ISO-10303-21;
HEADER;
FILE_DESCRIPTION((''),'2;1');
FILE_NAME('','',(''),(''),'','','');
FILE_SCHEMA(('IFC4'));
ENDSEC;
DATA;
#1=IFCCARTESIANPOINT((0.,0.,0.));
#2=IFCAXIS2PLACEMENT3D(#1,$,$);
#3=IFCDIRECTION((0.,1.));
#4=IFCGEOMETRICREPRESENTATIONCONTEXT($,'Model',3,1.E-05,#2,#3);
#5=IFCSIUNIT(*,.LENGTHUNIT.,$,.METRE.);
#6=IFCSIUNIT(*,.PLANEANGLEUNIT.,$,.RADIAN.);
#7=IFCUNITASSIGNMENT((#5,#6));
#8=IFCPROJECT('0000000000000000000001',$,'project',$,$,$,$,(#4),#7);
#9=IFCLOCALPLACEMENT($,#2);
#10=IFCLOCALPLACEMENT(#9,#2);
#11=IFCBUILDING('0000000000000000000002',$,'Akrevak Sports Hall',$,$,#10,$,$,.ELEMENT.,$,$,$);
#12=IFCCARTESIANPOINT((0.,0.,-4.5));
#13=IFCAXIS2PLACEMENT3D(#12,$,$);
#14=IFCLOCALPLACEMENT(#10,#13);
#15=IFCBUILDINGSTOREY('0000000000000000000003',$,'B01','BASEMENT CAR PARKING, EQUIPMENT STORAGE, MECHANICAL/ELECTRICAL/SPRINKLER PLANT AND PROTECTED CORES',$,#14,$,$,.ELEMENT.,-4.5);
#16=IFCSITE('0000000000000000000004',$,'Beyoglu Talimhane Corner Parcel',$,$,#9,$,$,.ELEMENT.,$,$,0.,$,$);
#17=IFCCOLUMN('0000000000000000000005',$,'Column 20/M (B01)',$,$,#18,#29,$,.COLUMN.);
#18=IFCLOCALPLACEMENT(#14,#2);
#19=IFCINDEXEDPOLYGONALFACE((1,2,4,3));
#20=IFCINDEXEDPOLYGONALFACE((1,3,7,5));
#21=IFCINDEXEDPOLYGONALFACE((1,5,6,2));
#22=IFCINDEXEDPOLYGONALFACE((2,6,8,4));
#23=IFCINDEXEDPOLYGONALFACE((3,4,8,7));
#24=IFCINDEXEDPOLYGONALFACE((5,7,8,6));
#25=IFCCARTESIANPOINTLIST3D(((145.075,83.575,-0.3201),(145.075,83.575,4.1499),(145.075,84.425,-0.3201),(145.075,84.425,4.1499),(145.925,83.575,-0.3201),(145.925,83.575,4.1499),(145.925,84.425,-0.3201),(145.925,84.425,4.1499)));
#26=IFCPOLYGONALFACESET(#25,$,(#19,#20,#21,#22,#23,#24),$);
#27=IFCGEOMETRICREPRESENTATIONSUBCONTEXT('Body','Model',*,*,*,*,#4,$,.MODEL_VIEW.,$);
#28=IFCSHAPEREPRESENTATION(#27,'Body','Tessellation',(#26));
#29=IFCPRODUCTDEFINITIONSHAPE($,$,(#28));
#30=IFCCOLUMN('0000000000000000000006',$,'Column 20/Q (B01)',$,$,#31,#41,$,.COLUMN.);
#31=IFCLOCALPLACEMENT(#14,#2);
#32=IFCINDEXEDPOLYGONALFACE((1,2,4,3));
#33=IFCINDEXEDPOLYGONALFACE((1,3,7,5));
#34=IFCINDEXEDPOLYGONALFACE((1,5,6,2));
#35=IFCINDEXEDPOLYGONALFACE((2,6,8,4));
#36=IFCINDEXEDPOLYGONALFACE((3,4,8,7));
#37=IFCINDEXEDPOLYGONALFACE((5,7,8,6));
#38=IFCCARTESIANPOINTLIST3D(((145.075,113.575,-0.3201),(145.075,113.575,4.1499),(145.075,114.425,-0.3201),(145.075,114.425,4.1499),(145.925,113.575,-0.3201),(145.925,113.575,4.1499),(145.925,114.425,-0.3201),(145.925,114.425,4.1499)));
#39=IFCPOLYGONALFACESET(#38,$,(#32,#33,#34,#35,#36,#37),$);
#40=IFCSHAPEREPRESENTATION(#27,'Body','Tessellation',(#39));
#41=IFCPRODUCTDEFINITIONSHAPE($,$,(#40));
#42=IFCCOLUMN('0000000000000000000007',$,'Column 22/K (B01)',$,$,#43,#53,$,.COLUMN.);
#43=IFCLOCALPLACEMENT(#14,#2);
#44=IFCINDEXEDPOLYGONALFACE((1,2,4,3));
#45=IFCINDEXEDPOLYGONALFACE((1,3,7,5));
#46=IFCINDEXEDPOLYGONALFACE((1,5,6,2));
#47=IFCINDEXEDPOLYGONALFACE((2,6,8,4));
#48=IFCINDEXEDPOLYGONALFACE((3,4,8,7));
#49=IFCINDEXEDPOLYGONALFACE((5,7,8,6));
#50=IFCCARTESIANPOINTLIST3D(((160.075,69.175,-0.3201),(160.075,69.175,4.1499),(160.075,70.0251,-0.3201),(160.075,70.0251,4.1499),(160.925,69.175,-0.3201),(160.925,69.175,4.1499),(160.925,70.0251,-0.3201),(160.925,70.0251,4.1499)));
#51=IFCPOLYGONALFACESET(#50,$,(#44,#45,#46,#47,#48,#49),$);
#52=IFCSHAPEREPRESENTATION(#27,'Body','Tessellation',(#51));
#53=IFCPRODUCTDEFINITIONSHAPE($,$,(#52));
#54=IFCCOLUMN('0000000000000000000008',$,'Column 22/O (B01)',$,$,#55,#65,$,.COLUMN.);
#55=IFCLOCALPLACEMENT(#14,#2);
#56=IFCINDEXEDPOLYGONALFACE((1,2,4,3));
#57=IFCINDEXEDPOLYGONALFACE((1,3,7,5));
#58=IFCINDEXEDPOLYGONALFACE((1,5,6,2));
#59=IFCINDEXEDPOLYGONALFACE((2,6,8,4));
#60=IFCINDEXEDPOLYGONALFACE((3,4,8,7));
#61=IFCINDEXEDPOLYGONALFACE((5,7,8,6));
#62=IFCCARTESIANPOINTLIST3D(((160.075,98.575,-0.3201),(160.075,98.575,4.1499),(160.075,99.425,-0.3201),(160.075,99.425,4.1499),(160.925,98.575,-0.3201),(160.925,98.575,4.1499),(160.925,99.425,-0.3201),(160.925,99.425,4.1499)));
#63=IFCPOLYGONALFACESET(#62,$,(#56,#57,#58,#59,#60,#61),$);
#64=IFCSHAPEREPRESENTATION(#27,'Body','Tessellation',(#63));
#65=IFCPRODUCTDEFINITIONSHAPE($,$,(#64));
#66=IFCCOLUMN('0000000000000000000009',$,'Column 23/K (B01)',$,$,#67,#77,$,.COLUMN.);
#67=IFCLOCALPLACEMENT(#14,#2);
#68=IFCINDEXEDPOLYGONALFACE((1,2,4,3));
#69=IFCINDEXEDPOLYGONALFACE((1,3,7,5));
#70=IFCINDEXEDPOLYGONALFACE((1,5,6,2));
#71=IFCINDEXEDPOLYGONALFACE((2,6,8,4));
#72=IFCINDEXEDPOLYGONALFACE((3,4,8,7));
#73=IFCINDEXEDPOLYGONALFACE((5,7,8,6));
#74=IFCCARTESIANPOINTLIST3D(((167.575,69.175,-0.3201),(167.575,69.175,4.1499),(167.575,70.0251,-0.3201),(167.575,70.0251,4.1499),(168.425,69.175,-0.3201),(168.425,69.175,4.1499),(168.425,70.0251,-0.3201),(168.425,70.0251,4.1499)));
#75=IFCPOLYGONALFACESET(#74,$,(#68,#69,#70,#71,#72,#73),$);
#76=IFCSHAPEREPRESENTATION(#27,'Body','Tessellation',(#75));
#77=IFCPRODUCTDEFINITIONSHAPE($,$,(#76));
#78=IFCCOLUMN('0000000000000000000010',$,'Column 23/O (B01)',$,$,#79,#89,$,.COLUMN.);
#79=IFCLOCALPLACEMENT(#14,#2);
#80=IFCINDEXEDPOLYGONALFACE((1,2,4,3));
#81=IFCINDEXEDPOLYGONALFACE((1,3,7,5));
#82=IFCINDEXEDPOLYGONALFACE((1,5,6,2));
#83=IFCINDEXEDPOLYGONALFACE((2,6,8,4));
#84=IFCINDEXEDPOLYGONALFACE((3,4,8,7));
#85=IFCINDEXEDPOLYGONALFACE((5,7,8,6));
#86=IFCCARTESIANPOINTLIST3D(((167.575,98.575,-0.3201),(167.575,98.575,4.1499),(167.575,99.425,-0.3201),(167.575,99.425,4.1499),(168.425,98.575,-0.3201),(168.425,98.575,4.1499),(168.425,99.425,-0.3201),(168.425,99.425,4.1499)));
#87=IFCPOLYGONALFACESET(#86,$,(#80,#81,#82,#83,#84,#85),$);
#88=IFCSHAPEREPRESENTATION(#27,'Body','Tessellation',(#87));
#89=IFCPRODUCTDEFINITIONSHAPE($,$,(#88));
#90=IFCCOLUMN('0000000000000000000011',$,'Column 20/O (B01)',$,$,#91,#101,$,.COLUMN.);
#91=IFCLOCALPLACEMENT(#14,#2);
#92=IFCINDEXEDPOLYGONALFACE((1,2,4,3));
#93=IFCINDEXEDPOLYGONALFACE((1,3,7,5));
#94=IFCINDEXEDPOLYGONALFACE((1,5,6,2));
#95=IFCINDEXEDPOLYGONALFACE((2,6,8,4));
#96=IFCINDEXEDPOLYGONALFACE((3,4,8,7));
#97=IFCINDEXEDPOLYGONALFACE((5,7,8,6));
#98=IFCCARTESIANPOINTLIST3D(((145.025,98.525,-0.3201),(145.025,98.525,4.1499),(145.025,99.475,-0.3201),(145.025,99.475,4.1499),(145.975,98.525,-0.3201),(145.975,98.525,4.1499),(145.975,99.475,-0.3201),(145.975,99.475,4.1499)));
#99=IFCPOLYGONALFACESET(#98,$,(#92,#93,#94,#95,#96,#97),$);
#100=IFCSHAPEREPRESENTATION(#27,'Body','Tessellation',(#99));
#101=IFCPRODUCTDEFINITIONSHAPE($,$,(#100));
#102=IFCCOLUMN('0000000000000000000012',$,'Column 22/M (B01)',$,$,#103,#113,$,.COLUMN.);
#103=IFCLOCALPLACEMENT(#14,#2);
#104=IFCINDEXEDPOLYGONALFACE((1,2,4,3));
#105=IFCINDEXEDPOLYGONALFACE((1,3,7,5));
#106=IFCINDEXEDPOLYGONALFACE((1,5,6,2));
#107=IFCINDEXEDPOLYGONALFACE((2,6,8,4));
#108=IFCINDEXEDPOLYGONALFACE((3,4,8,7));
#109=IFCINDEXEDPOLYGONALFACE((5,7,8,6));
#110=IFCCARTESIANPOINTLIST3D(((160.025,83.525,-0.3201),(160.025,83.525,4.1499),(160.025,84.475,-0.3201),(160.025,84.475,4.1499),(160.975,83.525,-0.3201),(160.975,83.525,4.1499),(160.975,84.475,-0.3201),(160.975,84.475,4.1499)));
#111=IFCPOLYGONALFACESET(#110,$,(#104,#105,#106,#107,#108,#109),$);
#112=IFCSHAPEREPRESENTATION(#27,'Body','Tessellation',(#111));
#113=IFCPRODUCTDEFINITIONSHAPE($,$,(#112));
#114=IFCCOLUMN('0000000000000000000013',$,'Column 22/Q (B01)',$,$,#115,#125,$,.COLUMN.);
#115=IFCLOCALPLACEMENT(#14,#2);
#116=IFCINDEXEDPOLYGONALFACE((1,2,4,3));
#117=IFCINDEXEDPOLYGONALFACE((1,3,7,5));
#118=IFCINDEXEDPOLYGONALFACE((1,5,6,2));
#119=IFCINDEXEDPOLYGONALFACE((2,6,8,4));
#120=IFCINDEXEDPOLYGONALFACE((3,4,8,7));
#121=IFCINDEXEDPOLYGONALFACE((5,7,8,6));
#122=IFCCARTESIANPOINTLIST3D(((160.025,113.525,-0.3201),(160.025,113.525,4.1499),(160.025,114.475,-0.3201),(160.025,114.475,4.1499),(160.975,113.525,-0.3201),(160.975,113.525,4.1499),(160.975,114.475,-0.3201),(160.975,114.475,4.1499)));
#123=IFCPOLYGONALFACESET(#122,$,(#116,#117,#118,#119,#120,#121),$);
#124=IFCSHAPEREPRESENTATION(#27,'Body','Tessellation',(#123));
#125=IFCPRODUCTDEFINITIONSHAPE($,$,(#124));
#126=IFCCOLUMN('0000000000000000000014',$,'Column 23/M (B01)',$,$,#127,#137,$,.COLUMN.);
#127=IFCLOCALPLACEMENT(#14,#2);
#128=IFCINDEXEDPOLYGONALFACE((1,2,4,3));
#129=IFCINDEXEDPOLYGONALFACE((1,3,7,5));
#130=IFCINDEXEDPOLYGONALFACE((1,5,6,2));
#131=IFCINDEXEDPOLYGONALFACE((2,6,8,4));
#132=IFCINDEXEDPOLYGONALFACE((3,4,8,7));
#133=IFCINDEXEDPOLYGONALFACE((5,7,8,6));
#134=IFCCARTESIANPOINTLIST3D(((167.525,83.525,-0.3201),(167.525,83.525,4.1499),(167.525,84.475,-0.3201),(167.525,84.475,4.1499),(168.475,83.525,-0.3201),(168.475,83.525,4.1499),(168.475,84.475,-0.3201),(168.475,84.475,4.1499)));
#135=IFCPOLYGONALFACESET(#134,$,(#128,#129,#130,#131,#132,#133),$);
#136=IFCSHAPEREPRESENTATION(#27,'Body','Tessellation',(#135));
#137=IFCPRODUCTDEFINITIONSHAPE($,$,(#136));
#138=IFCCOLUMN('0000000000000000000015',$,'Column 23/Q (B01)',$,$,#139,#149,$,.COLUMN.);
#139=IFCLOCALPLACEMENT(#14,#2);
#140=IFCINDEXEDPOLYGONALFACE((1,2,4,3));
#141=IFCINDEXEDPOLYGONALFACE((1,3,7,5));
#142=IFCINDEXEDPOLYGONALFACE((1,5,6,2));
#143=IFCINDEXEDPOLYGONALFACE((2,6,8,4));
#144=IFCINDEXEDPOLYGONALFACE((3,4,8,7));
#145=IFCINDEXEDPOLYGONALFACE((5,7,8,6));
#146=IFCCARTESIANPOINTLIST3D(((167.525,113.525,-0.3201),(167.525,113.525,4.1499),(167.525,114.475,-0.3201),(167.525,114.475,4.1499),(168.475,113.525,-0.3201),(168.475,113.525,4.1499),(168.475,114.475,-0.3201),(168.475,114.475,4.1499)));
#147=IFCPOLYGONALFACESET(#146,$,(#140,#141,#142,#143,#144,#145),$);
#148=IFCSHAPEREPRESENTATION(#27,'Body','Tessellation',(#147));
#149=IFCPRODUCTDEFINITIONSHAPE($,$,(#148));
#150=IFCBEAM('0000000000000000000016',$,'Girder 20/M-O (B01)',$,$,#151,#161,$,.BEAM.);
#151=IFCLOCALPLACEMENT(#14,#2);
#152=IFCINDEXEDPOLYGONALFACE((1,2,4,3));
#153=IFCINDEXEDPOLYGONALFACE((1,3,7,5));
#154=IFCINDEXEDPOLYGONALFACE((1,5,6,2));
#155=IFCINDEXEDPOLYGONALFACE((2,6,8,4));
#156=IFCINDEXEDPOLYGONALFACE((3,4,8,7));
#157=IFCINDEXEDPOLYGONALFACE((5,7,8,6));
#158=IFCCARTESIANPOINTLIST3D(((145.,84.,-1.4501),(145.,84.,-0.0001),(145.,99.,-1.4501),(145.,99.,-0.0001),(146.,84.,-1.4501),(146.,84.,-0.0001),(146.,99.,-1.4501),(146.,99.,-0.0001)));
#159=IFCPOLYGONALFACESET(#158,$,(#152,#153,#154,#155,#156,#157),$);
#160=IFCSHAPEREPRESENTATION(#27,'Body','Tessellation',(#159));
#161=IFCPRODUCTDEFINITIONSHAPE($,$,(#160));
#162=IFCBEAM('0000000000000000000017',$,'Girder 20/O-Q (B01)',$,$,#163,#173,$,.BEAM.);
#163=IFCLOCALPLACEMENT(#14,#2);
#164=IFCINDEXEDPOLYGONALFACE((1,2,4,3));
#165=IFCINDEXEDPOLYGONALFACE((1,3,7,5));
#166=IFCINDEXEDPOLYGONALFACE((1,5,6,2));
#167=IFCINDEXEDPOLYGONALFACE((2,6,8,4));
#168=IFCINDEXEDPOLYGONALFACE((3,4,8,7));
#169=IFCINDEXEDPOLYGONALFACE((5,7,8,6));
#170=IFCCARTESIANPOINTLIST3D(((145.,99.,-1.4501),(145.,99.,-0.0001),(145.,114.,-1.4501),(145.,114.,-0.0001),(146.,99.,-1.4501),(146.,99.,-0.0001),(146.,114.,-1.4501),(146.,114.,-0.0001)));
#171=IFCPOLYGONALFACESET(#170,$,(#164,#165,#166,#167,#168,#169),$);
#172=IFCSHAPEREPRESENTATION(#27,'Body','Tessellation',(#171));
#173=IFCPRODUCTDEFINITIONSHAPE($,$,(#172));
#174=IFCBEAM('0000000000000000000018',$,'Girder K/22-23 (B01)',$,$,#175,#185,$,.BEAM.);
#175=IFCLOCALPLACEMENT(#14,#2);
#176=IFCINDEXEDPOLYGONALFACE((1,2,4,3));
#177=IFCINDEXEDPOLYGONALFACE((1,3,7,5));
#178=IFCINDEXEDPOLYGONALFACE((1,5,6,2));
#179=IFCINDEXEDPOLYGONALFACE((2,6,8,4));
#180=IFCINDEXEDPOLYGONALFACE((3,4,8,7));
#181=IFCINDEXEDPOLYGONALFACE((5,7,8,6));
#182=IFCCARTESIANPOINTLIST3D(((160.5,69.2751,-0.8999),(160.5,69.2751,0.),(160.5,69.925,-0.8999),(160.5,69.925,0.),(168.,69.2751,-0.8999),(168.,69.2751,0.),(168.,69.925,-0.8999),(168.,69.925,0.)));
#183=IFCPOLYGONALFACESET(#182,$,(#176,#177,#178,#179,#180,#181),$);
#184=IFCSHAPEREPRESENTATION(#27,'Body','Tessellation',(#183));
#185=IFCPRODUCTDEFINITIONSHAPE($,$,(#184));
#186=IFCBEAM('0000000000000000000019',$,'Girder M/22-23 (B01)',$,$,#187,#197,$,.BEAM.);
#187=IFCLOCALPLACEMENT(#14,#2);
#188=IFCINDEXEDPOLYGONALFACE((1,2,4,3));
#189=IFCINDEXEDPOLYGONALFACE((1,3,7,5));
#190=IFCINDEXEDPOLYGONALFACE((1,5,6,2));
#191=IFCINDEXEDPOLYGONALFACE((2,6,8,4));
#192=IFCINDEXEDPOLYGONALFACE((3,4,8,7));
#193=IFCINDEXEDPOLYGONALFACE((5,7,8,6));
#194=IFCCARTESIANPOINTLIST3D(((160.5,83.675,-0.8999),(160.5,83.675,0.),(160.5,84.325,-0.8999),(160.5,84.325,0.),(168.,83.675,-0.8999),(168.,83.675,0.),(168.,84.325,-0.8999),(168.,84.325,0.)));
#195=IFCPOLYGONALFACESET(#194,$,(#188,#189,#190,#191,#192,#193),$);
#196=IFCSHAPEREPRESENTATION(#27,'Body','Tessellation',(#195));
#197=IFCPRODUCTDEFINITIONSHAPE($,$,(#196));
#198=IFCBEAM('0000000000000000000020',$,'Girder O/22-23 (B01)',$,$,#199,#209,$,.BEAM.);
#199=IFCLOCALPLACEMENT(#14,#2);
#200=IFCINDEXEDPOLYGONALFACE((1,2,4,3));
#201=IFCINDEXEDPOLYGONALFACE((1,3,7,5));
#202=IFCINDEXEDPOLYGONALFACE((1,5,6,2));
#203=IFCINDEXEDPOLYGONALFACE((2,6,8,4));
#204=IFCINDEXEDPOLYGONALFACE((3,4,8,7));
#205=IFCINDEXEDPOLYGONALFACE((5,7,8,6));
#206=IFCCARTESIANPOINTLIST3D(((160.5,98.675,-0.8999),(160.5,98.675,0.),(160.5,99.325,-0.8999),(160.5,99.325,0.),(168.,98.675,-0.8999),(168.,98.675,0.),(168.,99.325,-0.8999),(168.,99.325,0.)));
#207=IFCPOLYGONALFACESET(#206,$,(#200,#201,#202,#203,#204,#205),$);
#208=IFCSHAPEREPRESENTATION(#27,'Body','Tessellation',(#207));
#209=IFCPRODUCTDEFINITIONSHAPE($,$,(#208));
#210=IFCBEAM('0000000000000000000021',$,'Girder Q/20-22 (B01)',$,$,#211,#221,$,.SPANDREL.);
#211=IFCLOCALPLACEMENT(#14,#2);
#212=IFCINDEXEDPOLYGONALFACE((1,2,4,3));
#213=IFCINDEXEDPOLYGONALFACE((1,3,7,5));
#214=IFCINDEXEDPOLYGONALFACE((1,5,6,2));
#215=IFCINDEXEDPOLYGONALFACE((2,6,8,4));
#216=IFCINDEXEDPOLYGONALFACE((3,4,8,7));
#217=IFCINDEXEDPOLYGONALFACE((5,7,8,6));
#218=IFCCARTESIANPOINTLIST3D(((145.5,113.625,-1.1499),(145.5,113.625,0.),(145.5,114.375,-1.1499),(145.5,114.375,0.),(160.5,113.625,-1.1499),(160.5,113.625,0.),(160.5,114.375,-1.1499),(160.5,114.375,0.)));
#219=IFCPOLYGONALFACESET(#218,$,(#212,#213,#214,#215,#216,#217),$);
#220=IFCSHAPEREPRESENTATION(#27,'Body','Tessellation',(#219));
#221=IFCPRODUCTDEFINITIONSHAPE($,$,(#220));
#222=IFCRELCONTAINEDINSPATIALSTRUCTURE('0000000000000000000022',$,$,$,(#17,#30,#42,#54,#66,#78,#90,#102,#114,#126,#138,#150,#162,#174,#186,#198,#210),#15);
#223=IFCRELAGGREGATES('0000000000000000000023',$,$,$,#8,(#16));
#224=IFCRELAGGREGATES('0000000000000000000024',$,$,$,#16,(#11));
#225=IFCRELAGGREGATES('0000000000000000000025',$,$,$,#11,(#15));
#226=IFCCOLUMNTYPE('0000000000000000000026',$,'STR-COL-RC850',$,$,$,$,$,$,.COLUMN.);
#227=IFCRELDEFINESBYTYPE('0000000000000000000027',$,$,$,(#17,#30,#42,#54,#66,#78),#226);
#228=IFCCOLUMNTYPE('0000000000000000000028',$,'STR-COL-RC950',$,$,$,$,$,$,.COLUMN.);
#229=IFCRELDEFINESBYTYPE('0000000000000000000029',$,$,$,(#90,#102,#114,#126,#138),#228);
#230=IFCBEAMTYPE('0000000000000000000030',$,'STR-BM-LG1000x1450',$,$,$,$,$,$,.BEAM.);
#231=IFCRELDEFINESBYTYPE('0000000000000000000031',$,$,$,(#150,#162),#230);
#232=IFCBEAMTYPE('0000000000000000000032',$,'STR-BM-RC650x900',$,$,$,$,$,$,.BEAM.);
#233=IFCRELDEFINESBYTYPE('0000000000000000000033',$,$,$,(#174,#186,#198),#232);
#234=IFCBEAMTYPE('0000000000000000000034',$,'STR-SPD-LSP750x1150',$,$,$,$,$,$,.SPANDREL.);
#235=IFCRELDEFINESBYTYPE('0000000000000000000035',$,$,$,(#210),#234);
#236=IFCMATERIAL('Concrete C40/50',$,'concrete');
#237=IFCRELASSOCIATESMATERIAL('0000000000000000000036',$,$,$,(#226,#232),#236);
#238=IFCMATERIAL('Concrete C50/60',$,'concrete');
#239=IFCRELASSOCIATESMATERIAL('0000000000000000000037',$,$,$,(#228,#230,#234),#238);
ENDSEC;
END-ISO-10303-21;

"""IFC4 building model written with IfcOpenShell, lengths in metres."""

from ifc_helpers import new_model, si_unit, direction, frame, origin, origin_2d, place, context, subcontext, project, spatial, rectangle, extrude, material, material_profile, profile_set, type_object, element, save


model = new_model("IFC4")

# Units and contexts
model_context = context("Model", 3, precision=1e-05, world=origin(), true_north=direction((0.0, 1.0)))
body_context = subcontext(model_context, "Body", "Model", "MODEL_VIEW")
ifc_project = project(units=[si_unit("LENGTHUNIT", "METRE"), si_unit("PLANEANGLEUNIT", "RADIAN")], contexts=[model_context])

# Site, building, storey
site_placement = place(None, origin())
site = spatial("IfcSite", under=ifc_project, at=site_placement, Name="Beyoglu Talimhane Corner Parcel", CompositionType="ELEMENT", RefElevation=0.0)
building_placement = place(site_placement, origin())
building = spatial("IfcBuilding", under=site, at=building_placement, Name="Akrevak Sports Hall", CompositionType="ELEMENT")
storey_placement = place(building_placement, frame((0.0, 0.0, -4.5)))
storey = spatial("IfcBuildingStorey", under=building, at=storey_placement, Name="B01", Description="BASEMENT CAR PARKING, EQUIPMENT STORAGE, MECHANICAL/ELECTRICAL/SPRINKLER PLANT AND PROTECTED CORES", CompositionType="ELEMENT", Elevation=-4.5)

# Columns
ifc_material_1 = material(Name="Concrete C40/50", Category="concrete")
ifc_material_profile_1 = material_profile(ifc_material_1, rectangle(XDim=0.8501, YDim=0.8501, at=origin_2d()), Name="RC 850x850", Category="concrete")
ifc_profile_set_1 = profile_set([ifc_material_profile_1], Name="Concrete C40/50")
column_type_1 = type_object("IfcColumnType", Name="STR-COL-RC850", PredefinedType="COLUMN", material=ifc_profile_set_1)
for number, where, z_axis, x_axis, name in (
    (1, (145.5, 84.0, -0.3201), (0.0, 0.0, 1.0), (1.0, 0.0, 0.0), "Column 20/M (B01)"),
    (2, (145.5, 114.0, -0.3201), (0.0, 0.0, 1.0), (1.0, 0.0, 0.0), "Column 20/Q (B01)"),
    (3, (160.5, 69.6001, -0.3201), (0.0, 0.0, 1.0), (1.0, 0.0, 0.0), "Column 22/K (B01)"),
    (4, (160.5, 99.0, -0.3201), (0.0, 0.0, 1.0), (1.0, 0.0, 0.0), "Column 22/O (B01)"),
    (5, (168.0, 69.6001, -0.3201), (0.0, 0.0, 1.0), (1.0, 0.0, 0.0), "Column 23/K (B01)"),
    (6, (168.0, 99.0, -0.3201), (0.0, 0.0, 1.0), (1.0, 0.0, 0.0), "Column 23/O (B01)"),
):
    element("IfcColumn", number, at=place(storey_placement, frame(where, z_axis=z_axis, x_axis=x_axis)), inside=storey, type_object=column_type_1, Name=name, PredefinedType="COLUMN", context=body_context, shape_type="SweptSolid", body=[
        extrude(rectangle(XDim=0.8501, YDim=0.8501, at=origin_2d()), origin(), (0.0, 0.0, 1.0), 4.47),
    ])
ifc_material_2 = material(Name="Concrete C50/60", Category="concrete")
ifc_material_profile_2 = material_profile(ifc_material_2, rectangle(XDim=0.95, YDim=0.95, at=origin_2d()), Name="RC 950x950", Category="concrete")
ifc_profile_set_2 = profile_set([ifc_material_profile_2], Name="Concrete C50/60")
column_type_2 = type_object("IfcColumnType", Name="STR-COL-RC950", PredefinedType="COLUMN", material=ifc_profile_set_2)
for number, where, z_axis, x_axis, name in (
    (7, (145.5, 99.0, -0.3201), (0.0, 0.0, 1.0), (1.0, 0.0, 0.0), "Column 20/O (B01)"),
    (8, (160.5, 84.0, -0.3201), (0.0, 0.0, 1.0), (1.0, 0.0, 0.0), "Column 22/M (B01)"),
    (9, (160.5, 114.0, -0.3201), (0.0, 0.0, 1.0), (1.0, 0.0, 0.0), "Column 22/Q (B01)"),
    (10, (168.0, 84.0, -0.3201), (0.0, 0.0, 1.0), (1.0, 0.0, 0.0), "Column 23/M (B01)"),
    (11, (168.0, 114.0, -0.3201), (0.0, 0.0, 1.0), (1.0, 0.0, 0.0), "Column 23/Q (B01)"),
):
    element("IfcColumn", number, at=place(storey_placement, frame(where, z_axis=z_axis, x_axis=x_axis)), inside=storey, type_object=column_type_2, Name=name, PredefinedType="COLUMN", context=body_context, shape_type="SweptSolid", body=[
        extrude(rectangle(XDim=0.95, YDim=0.95, at=origin_2d()), origin(), (0.0, 0.0, 1.0), 4.47),
    ])

# Beams
ifc_material_profile_3 = material_profile(ifc_material_2, rectangle(XDim=1.0, YDim=1.45, at=origin_2d()), Name="BM 1000x1450", Category="concrete")
ifc_profile_set_3 = profile_set([ifc_material_profile_3], Name="Concrete C50/60")
beam_type_1 = type_object("IfcBeamType", Name="STR-BM-LG1000x1450", PredefinedType="BEAM", material=ifc_profile_set_3)
for number, where, z_axis, x_axis, name in (
    (12, (145.5, 84.0, -0.7251), (0.0, 1.0, 0.0), (-1.0, 0.0, 0.0), "Girder 20/M-O (B01)"),
    (13, (145.5, 99.0, -0.7251), (0.0, 1.0, 0.0), (-1.0, 0.0, 0.0), "Girder 20/O-Q (B01)"),
):
    element("IfcBeam", number, at=place(storey_placement, frame(where, z_axis=z_axis, x_axis=x_axis)), inside=storey, type_object=beam_type_1, Name=name, PredefinedType="BEAM", context=body_context, shape_type="SweptSolid", body=[
        extrude(rectangle(XDim=1.0, YDim=1.45, at=origin_2d()), origin(), (0.0, 0.0, 1.0), 15.0),
    ])
ifc_material_profile_4 = material_profile(ifc_material_1, rectangle(XDim=0.6499, YDim=0.8999, at=origin_2d()), Name="BM 650x900", Category="concrete")
ifc_profile_set_4 = profile_set([ifc_material_profile_4], Name="Concrete C40/50")
beam_type_2 = type_object("IfcBeamType", Name="STR-BM-RC650x900", PredefinedType="BEAM", material=ifc_profile_set_4)
for number, where, z_axis, x_axis, name in (
    (14, (160.5, 69.6001, -0.45), (1.0, 0.0, 0.0), (0.0, 1.0, 0.0), "Girder K/22-23 (B01)"),
    (15, (160.5, 84.0, -0.45), (1.0, 0.0, 0.0), (0.0, 1.0, 0.0), "Girder M/22-23 (B01)"),
    (16, (160.5, 99.0, -0.45), (1.0, 0.0, 0.0), (0.0, 1.0, 0.0), "Girder O/22-23 (B01)"),
):
    element("IfcBeam", number, at=place(storey_placement, frame(where, z_axis=z_axis, x_axis=x_axis)), inside=storey, type_object=beam_type_2, Name=name, PredefinedType="BEAM", context=body_context, shape_type="SweptSolid", body=[
        extrude(rectangle(XDim=0.6499, YDim=0.8999, at=origin_2d()), origin(), (0.0, 0.0, 1.0), 7.5),
    ])
ifc_material_profile_5 = material_profile(ifc_material_2, rectangle(XDim=0.75, YDim=1.1499, at=origin_2d()), Name="SPD 750x1150", Category="concrete")
ifc_profile_set_5 = profile_set([ifc_material_profile_5], Name="Concrete C50/60")
beam_type_3 = type_object("IfcBeamType", Name="STR-SPD-LSP750x1150", PredefinedType="SPANDREL", material=ifc_profile_set_5)
beam_1_placement = place(storey_placement, frame((145.5, 114.0, -0.575), z_axis=(1.0, 0.0, 0.0), x_axis=(0.0, 1.0, 0.0)))
element("IfcBeam", 17, at=beam_1_placement, inside=storey, type_object=beam_type_3, Name="Girder Q/20-22 (B01)", PredefinedType="SPANDREL", context=body_context, shape_type="SweptSolid", body=[
    extrude(rectangle(XDim=0.75, YDim=1.1499, at=origin_2d()), origin(), (0.0, 0.0, 1.0), 15.0),
])

save(model, "model.ifc")
